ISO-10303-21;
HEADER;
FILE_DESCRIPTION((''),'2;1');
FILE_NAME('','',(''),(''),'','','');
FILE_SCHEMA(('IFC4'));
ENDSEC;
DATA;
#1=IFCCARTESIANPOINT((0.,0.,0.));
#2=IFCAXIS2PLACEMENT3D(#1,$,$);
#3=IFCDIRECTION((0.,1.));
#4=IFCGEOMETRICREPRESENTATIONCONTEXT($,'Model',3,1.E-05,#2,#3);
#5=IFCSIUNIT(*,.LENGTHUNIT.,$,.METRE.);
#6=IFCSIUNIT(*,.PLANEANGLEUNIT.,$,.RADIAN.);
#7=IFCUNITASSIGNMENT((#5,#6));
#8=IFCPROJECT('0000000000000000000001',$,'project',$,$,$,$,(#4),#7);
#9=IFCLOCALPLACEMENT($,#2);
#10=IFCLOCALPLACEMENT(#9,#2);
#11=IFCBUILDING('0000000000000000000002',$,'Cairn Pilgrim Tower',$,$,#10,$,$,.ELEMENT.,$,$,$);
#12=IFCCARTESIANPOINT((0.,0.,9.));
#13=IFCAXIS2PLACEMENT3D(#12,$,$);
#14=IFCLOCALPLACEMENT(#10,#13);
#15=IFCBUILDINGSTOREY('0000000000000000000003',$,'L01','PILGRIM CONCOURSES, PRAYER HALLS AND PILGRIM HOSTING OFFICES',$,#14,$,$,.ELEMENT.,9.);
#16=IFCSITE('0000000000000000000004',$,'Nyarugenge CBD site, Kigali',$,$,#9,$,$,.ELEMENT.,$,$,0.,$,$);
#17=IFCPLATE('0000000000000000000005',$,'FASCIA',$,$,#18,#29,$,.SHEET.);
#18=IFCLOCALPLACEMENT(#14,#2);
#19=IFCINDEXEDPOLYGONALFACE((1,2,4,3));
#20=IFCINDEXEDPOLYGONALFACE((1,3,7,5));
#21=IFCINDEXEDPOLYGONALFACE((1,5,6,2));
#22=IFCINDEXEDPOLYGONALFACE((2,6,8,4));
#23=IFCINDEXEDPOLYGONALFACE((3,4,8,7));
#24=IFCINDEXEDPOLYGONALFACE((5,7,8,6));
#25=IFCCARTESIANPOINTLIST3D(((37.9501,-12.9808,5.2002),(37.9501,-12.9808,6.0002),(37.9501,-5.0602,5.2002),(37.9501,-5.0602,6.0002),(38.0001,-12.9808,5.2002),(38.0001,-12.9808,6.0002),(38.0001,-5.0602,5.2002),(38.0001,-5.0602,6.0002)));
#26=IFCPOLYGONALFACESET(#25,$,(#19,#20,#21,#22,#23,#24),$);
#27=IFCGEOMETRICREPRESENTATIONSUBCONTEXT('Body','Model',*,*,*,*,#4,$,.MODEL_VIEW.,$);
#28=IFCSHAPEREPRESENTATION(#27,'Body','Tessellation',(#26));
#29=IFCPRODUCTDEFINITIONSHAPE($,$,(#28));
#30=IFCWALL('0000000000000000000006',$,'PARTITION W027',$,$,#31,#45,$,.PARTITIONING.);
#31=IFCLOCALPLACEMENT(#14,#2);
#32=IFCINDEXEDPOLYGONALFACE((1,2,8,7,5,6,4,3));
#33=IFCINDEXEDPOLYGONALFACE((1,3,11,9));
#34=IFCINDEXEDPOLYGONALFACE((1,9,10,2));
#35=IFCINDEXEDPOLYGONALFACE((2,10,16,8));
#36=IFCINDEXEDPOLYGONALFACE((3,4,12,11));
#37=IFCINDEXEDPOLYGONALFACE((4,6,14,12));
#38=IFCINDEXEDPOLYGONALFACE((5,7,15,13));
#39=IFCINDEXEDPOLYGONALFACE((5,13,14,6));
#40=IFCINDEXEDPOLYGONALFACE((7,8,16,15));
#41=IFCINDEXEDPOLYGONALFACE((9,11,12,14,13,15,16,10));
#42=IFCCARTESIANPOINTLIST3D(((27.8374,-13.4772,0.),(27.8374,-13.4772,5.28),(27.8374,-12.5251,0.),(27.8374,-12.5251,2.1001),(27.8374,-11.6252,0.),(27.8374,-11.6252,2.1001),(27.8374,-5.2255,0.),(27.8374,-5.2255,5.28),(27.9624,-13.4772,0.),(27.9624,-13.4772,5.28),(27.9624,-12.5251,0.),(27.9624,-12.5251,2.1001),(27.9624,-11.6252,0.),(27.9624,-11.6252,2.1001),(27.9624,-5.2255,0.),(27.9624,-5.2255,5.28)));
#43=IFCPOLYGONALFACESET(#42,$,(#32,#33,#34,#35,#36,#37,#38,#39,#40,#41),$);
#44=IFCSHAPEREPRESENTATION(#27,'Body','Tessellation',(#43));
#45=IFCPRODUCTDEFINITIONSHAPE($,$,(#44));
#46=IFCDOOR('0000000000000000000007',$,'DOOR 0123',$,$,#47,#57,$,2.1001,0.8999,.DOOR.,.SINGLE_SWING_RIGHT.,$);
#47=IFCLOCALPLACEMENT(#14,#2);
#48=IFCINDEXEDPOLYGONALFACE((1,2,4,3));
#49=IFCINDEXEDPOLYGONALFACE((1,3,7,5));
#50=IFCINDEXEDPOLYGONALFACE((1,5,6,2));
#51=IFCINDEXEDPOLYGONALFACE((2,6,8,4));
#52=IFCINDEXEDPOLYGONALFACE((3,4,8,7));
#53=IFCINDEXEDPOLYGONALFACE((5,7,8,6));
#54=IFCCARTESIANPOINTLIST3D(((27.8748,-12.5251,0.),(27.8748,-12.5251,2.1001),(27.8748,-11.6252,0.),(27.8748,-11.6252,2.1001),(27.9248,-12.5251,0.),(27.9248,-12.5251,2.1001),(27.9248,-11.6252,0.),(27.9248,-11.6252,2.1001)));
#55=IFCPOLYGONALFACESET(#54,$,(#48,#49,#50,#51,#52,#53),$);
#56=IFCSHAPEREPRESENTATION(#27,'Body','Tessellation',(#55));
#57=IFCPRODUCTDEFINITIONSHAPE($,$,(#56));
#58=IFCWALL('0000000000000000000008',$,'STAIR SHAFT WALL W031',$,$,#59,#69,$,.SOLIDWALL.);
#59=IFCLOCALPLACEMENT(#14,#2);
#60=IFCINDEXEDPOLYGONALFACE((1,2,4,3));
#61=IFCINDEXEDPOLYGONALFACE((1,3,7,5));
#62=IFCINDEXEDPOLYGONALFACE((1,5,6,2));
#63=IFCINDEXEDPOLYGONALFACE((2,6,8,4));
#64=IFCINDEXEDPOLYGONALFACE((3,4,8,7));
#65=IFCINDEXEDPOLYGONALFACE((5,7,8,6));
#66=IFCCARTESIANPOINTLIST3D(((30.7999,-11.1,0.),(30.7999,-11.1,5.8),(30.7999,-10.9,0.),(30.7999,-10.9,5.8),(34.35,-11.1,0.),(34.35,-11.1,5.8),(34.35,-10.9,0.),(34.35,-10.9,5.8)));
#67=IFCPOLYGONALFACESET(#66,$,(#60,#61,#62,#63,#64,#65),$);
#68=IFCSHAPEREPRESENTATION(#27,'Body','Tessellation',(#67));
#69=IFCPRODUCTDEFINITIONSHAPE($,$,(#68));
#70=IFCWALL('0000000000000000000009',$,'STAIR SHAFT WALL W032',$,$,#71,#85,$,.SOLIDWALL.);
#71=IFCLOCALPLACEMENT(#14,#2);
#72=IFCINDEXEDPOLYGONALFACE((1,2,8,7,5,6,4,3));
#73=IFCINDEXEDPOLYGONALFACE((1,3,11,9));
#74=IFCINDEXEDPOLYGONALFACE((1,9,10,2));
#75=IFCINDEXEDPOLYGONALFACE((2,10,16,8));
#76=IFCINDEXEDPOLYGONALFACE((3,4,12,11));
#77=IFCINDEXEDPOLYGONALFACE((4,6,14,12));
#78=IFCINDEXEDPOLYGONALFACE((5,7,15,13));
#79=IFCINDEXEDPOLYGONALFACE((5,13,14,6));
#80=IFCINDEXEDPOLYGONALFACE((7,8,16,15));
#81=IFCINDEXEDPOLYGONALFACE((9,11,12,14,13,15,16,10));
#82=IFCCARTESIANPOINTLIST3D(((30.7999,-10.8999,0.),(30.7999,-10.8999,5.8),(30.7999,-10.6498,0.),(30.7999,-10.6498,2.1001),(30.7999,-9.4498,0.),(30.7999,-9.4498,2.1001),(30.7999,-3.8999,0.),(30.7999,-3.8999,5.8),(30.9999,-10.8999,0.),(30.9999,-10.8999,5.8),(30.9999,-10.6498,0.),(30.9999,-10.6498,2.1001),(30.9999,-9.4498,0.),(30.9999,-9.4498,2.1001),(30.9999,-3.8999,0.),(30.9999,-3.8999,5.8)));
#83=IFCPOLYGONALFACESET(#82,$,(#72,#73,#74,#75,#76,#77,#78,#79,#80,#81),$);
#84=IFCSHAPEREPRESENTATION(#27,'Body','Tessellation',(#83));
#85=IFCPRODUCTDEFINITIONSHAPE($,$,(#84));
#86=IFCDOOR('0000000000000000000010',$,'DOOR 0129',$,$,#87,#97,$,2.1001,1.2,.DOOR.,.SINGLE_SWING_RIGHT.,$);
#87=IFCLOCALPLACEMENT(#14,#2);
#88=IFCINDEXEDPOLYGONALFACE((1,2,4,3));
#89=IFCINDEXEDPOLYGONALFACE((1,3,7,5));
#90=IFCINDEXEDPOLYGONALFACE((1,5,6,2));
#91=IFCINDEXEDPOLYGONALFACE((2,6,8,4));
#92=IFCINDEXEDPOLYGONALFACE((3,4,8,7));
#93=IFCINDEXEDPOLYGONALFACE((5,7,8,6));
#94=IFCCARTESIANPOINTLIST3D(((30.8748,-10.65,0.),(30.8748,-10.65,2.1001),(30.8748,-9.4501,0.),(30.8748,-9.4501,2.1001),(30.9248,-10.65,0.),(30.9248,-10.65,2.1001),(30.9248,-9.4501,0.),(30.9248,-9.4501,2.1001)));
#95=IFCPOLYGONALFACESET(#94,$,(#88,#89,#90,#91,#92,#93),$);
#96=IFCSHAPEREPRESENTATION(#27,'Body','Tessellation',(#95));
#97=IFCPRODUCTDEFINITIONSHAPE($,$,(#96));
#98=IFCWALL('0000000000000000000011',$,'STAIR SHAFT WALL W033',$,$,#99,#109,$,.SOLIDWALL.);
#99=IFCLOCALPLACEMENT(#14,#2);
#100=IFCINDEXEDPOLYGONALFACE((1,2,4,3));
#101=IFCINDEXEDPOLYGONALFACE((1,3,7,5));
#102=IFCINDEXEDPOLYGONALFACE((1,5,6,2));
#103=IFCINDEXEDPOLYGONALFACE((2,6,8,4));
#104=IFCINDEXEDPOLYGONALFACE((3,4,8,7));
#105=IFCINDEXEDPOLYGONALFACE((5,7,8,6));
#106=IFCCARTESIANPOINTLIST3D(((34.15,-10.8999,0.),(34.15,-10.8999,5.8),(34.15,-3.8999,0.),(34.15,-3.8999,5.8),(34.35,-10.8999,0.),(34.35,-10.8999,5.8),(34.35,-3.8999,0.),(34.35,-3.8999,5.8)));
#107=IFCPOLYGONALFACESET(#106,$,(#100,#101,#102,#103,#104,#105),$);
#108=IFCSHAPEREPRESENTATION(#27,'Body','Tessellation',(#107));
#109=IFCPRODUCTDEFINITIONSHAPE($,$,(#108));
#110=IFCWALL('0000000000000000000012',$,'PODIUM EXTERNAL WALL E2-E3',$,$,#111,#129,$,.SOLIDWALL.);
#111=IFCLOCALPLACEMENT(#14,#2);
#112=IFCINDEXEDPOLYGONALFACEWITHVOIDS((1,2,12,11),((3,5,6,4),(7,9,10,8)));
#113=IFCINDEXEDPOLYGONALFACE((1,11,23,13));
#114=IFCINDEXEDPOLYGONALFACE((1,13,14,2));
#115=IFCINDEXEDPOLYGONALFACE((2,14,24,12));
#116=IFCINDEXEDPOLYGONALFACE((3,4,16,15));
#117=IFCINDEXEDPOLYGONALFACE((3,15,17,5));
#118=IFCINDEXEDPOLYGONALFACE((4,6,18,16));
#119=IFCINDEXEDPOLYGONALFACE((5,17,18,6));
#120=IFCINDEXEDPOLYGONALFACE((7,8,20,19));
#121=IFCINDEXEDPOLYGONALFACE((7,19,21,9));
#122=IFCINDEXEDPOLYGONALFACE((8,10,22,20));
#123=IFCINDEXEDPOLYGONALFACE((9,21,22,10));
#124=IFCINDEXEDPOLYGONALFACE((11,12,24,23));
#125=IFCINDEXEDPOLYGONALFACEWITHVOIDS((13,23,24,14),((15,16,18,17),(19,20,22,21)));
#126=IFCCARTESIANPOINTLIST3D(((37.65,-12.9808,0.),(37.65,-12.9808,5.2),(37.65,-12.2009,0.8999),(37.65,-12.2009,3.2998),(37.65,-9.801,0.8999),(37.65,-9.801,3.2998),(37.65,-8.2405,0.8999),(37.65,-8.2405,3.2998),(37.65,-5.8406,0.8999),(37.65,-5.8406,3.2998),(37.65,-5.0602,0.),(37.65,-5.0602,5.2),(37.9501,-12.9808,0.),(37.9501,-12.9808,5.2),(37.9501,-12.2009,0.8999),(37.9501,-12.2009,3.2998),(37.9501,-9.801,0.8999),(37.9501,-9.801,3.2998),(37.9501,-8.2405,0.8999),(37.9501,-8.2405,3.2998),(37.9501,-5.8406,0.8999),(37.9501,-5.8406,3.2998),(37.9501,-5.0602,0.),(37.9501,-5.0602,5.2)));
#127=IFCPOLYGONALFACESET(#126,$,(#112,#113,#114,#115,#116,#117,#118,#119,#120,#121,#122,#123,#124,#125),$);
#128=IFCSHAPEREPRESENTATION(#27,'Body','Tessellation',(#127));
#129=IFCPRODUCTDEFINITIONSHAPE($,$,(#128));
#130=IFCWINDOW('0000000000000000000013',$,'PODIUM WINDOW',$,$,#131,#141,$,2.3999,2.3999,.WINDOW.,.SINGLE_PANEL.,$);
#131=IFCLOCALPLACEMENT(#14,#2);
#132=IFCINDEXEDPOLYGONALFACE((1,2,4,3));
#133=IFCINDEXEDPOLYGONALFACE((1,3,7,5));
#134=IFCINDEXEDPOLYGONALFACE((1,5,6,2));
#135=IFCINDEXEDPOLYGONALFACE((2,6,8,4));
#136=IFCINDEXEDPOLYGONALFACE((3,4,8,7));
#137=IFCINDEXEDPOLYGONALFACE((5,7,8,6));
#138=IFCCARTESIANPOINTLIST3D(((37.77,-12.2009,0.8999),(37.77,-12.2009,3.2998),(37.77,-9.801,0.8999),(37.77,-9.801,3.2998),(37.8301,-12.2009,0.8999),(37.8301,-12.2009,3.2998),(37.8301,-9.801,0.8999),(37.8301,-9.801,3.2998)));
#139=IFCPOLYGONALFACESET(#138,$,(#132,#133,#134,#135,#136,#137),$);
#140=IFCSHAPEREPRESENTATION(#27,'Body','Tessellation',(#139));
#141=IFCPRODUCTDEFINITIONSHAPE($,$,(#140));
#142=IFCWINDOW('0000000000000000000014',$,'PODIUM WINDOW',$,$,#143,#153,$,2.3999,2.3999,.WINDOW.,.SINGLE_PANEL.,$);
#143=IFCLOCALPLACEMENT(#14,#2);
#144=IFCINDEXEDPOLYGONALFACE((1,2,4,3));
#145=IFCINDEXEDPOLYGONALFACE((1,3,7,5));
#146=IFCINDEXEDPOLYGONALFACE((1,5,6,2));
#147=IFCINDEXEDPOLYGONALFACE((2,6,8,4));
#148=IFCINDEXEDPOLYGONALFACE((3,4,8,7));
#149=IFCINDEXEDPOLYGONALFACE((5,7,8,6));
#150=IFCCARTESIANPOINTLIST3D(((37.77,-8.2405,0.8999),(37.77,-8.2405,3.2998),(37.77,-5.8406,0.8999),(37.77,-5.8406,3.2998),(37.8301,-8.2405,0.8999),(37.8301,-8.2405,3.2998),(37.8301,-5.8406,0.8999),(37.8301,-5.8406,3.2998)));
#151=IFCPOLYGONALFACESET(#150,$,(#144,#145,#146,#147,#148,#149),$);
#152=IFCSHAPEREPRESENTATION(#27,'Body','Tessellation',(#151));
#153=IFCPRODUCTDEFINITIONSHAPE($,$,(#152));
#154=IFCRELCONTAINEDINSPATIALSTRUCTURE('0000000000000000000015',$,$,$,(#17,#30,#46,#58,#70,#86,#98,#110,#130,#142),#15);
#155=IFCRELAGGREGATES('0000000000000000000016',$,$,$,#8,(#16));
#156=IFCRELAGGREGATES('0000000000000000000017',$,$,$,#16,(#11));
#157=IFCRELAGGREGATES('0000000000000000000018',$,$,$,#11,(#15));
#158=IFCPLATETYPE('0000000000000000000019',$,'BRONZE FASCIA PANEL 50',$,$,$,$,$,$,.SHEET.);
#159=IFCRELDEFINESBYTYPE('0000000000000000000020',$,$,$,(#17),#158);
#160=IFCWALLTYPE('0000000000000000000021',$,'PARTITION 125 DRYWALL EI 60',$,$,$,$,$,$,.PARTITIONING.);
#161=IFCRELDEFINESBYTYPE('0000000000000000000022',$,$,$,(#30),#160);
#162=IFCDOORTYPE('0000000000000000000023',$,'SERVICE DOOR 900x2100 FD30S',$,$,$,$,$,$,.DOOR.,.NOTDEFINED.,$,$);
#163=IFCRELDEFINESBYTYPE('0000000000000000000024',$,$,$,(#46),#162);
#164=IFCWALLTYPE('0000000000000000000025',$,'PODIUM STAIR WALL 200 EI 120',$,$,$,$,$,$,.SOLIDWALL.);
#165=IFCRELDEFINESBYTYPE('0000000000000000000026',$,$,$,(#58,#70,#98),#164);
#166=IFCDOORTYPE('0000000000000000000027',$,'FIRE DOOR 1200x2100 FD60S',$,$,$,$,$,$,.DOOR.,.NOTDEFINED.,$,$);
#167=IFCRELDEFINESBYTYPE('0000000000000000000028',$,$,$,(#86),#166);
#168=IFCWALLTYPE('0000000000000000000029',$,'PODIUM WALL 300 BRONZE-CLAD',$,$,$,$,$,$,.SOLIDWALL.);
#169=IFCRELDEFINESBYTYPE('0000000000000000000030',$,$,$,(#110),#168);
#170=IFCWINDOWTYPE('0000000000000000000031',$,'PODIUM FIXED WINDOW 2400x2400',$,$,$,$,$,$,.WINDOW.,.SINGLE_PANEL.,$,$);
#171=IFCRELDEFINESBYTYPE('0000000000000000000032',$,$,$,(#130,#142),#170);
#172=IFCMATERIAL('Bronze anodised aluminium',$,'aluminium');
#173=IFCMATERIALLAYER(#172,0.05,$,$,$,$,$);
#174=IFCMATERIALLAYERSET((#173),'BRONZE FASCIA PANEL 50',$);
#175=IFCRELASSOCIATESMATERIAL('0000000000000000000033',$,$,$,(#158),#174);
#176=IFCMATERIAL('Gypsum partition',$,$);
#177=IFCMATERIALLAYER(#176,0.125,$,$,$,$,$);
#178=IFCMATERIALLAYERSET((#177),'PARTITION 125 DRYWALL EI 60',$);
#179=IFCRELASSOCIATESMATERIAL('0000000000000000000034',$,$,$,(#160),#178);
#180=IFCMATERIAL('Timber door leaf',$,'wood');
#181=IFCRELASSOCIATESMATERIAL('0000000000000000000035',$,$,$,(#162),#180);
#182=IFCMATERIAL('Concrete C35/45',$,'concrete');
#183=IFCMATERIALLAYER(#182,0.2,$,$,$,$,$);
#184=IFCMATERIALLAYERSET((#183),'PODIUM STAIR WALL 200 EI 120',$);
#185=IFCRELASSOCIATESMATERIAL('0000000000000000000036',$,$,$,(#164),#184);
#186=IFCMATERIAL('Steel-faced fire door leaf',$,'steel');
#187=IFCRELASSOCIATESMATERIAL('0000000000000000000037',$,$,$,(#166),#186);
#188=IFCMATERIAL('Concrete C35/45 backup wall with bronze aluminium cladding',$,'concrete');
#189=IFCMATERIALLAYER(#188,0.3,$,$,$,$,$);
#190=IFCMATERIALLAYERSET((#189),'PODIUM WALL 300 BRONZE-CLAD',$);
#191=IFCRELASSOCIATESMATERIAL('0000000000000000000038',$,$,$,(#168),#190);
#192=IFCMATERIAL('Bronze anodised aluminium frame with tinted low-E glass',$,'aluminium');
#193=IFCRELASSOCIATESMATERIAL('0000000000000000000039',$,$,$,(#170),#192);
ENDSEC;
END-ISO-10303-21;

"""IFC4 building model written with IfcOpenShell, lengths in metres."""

from ifc_helpers import new_model, si_unit, direction, frame, frame_2d, origin, origin_2d, place, context, subcontext, project, spatial, rectangle, extrude, material, layer, layer_set, type_object, element, fill, save


model = new_model("IFC4")

# Units and contexts
model_context = context("Model", 3, precision=1e-05, world=origin(), true_north=direction((0.0, 1.0)))
body_context = subcontext(model_context, "Body", "Model", "MODEL_VIEW")
ifc_project = project(units=[si_unit("LENGTHUNIT", "METRE"), si_unit("PLANEANGLEUNIT", "RADIAN")], contexts=[model_context])

# Site, building, storey
site_placement = place(None, origin())
site = spatial("IfcSite", under=ifc_project, at=site_placement, Name="Nyarugenge CBD site, Kigali", CompositionType="ELEMENT", RefElevation=0.0)
building_placement = place(site_placement, origin())
building = spatial("IfcBuilding", under=site, at=building_placement, Name="Cairn Pilgrim Tower", CompositionType="ELEMENT")
storey_placement = place(building_placement, frame((0.0, 0.0, 9.0)))
storey = spatial("IfcBuildingStorey", under=building, at=storey_placement, Name="L01", Description="PILGRIM CONCOURSES, PRAYER HALLS AND PILGRIM HOSTING OFFICES", CompositionType="ELEMENT", Elevation=9.0)

# Plate
ifc_material_1 = material(Name="Bronze anodised aluminium", Category="aluminium")
ifc_layer_1 = layer(ifc_material_1, 0.05)
ifc_layer_set_1 = layer_set([ifc_layer_1], Name="BRONZE FASCIA PANEL 50")
plate_type = type_object("IfcPlateType", Name="BRONZE FASCIA PANEL 50", PredefinedType="SHEET", material=ifc_layer_set_1)
plate_placement = place(storey_placement, frame((37.9751, -9.0205, 5.2002), z_axis=(0.0, 0.0, 1.0), x_axis=(0.0, 1.0, 0.0)))
element("IfcPlate", 1, at=plate_placement, inside=storey, type_object=plate_type, Name="FASCIA", PredefinedType="SHEET", context=body_context, shape_type="SweptSolid", body=[
    extrude(rectangle(XDim=7.9207, YDim=0.05, at=origin_2d()), origin(), (0.0, 0.0, 1.0), 0.8),
])

# Wall, opening, door
ifc_material_2 = material(Name="Gypsum partition")
ifc_layer_2 = layer(ifc_material_2, 0.125)
ifc_layer_set_2 = layer_set([ifc_layer_2], Name="PARTITION 125 DRYWALL EI 60")
wall_type_1 = type_object("IfcWallType", Name="PARTITION 125 DRYWALL EI 60", PredefinedType="PARTITIONING", material=ifc_layer_set_2)
wall_1_placement = place(storey_placement, frame((27.8999, -13.4773, 0.0), z_axis=(0.0, 0.0, 1.0), x_axis=(0.0, 1.0, 0.0)))
wall_1 = element("IfcWall", 2, at=wall_1_placement, inside=storey, type_object=wall_type_1, Name="PARTITION W027", PredefinedType="PARTITIONING", context=body_context, shape_type="SweptSolid", body=[
    extrude(rectangle(XDim=8.2517, YDim=0.125, at=frame_2d((4.126, 0.0))), origin(), (0.0, 0.0, 1.0), 5.28),
])
opening_1_placement = place(wall_1_placement, frame((0.9521, 0.0, 0.0)))
opening_1 = element("IfcOpeningElement", 3, at=opening_1_placement, cuts=wall_1, PredefinedType="OPENING", context=body_context, shape_type="SweptSolid", body=[
    extrude(rectangle(XDim=0.8999, YDim=2.1001, at=frame_2d((0.45, 1.05))), frame((0.0, 0.0725, 0.0), z_axis=(0.0, -1.0, 0.0), x_axis=(1.0, 0.0, 0.0)), (0.0, 0.0, 1.0), 0.145),
])
ifc_material_3 = material(Name="Timber door leaf", Category="wood")
door_type_1 = type_object("IfcDoorType", Name="SERVICE DOOR 900x2100 FD30S", OperationType="NOTDEFINED", PredefinedType="DOOR", material=ifc_material_3)
door_1_placement = place(opening_1_placement, frame((0.8999, 0.0, 0.0), z_axis=(0.0, 0.0, 1.0), x_axis=(-1.0, 0.0, 0.0)))
door_1 = element("IfcDoor", 4, at=door_1_placement, inside=storey, type_object=door_type_1, Name="DOOR 0123", OperationType="SINGLE_SWING_RIGHT", OverallHeight=2.1001, OverallWidth=0.8999, PredefinedType="DOOR", context=body_context, shape_type="SweptSolid", body=[
    extrude(rectangle(XDim=0.8999, YDim=2.1001, at=frame_2d((0.45, 1.05))), frame((0.0, 0.0249, 0.0), z_axis=(0.0, -1.0, 0.0), x_axis=(1.0, 0.0, 0.0)), (0.0, 0.0, 1.0), 0.05),
])
fill(opening_1, door_1)

# Wall
ifc_material_4 = material(Name="Concrete C35/45", Category="concrete")
ifc_layer_3 = layer(ifc_material_4, 0.2)
ifc_layer_set_3 = layer_set([ifc_layer_3], Name="PODIUM STAIR WALL 200 EI 120")
wall_type_2 = type_object("IfcWallType", Name="PODIUM STAIR WALL 200 EI 120", PredefinedType="SOLIDWALL", material=ifc_layer_set_3)
wall_2_placement = place(storey_placement, frame((30.8, -11.0, 0.0), z_axis=(0.0, 0.0, 1.0), x_axis=(1.0, 0.0, 0.0)))
element("IfcWall", 5, at=wall_2_placement, inside=storey, type_object=wall_type_2, Name="STAIR SHAFT WALL W031", PredefinedType="SOLIDWALL", context=body_context, shape_type="SweptSolid", body=[
    extrude(rectangle(XDim=3.55, YDim=0.2, at=frame_2d((1.7749, 0.0))), origin(), (0.0, 0.0, 1.0), 5.8),
])

# Wall, opening, door
wall_3_placement = place(storey_placement, frame((30.8999, -10.8999, 0.0), z_axis=(0.0, 0.0, 1.0), x_axis=(0.0, 1.0, 0.0)))
wall_3 = element("IfcWall", 6, at=wall_3_placement, inside=storey, type_object=wall_type_2, Name="STAIR SHAFT WALL W032", PredefinedType="SOLIDWALL", context=body_context, shape_type="SweptSolid", body=[
    extrude(rectangle(XDim=7.0, YDim=0.2, at=frame_2d((3.5, 0.0))), origin(), (0.0, 0.0, 1.0), 5.8),
])
opening_2_placement = place(wall_3_placement, frame((0.25, 0.0, 0.0)))
opening_2 = element("IfcOpeningElement", 7, at=opening_2_placement, cuts=wall_3, PredefinedType="OPENING", context=body_context, shape_type="SweptSolid", body=[
    extrude(rectangle(XDim=1.2, YDim=2.1001, at=frame_2d((0.6001, 1.05))), frame((0.0, 0.1099, 0.0), z_axis=(0.0, -1.0, 0.0), x_axis=(1.0, 0.0, 0.0)), (0.0, 0.0, 1.0), 0.22),
])
ifc_material_5 = material(Name="Steel-faced fire door leaf", Category="steel")
door_type_2 = type_object("IfcDoorType", Name="FIRE DOOR 1200x2100 FD60S", OperationType="NOTDEFINED", PredefinedType="DOOR", material=ifc_material_5)
door_2_placement = place(opening_2_placement, frame((1.2, 0.0, 0.0), z_axis=(0.0, 0.0, 1.0), x_axis=(-1.0, 0.0, 0.0)))
door_2 = element("IfcDoor", 8, at=door_2_placement, inside=storey, type_object=door_type_2, Name="DOOR 0129", OperationType="SINGLE_SWING_RIGHT", OverallHeight=2.1001, OverallWidth=1.2, PredefinedType="DOOR", context=body_context, shape_type="SweptSolid", body=[
    extrude(rectangle(XDim=1.2, YDim=2.1001, at=frame_2d((0.6001, 1.05))), frame((0.0, 0.0249, 0.0), z_axis=(0.0, -1.0, 0.0), x_axis=(1.0, 0.0, 0.0)), (0.0, 0.0, 1.0), 0.05),
])
fill(opening_2, door_2)

# Wall
wall_4_placement = place(storey_placement, frame((34.25, -10.8999, 0.0), z_axis=(0.0, 0.0, 1.0), x_axis=(0.0, 1.0, 0.0)))
element("IfcWall", 9, at=wall_4_placement, inside=storey, type_object=wall_type_2, Name="STAIR SHAFT WALL W033", PredefinedType="SOLIDWALL", context=body_context, shape_type="SweptSolid", body=[
    extrude(rectangle(XDim=7.0, YDim=0.2, at=frame_2d((3.5, 0.0))), origin(), (0.0, 0.0, 1.0), 5.8),
])

# Wall, openings, windows
ifc_material_6 = material(Name="Concrete C35/45 backup wall with bronze aluminium cladding", Category="concrete")
ifc_layer_4 = layer(ifc_material_6, 0.3)
ifc_layer_set_4 = layer_set([ifc_layer_4], Name="PODIUM WALL 300 BRONZE-CLAD")
wall_type_3 = type_object("IfcWallType", Name="PODIUM WALL 300 BRONZE-CLAD", PredefinedType="SOLIDWALL", material=ifc_layer_set_4)
wall_5_placement = place(storey_placement, frame((37.8, -12.981, 0.0), z_axis=(0.0, 0.0, 1.0), x_axis=(0.0, 1.0, 0.0)))
wall_5 = element("IfcWall", 10, at=wall_5_placement, inside=storey, type_object=wall_type_3, Name="PODIUM EXTERNAL WALL E2-E3", PredefinedType="SOLIDWALL", context=body_context, shape_type="SweptSolid", body=[
    extrude(rectangle(XDim=7.9207, YDim=0.3, at=frame_2d((3.9604, 0.0))), origin(), (0.0, 0.0, 1.0), 5.2),
])
opening_3_placement = place(wall_5_placement, frame((0.78, 0.0, 0.8999)))
opening_3 = element("IfcOpeningElement", 11, at=opening_3_placement, cuts=wall_5, PredefinedType="OPENING", context=body_context, shape_type="SweptSolid", body=[
    extrude(rectangle(XDim=2.3999, YDim=2.3999, at=frame_2d((1.2, 1.2))), frame((0.0, 0.1602, 0.0), z_axis=(0.0, -1.0, 0.0), x_axis=(1.0, 0.0, 0.0)), (0.0, 0.0, 1.0), 0.3201),
])
opening_4_placement = place(wall_5_placement, frame((4.7405, 0.0, 0.8999)))
opening_4 = element("IfcOpeningElement", 12, at=opening_4_placement, cuts=wall_5, PredefinedType="OPENING", context=body_context, shape_type="SweptSolid", body=[
    extrude(rectangle(XDim=2.3999, YDim=2.3999, at=frame_2d((1.2, 1.2))), frame((0.0, 0.1602, 0.0), z_axis=(0.0, -1.0, 0.0), x_axis=(1.0, 0.0, 0.0)), (0.0, 0.0, 1.0), 0.3201),
])
ifc_material_7 = material(Name="Bronze anodised aluminium frame with tinted low-E glass", Category="aluminium")
window_type = type_object("IfcWindowType", Name="PODIUM FIXED WINDOW 2400x2400", PartitioningType="SINGLE_PANEL", PredefinedType="WINDOW", material=ifc_material_7)
window_1_placement = place(opening_3_placement, origin())
window_1 = element("IfcWindow", 13, at=window_1_placement, inside=storey, type_object=window_type, Name="PODIUM WINDOW", OverallHeight=2.3999, OverallWidth=2.3999, PartitioningType="SINGLE_PANEL", PredefinedType="WINDOW", context=body_context, shape_type="SweptSolid", body=[
    extrude(rectangle(XDim=2.3999, YDim=2.3999, at=frame_2d((1.2, 1.2))), frame((0.0, 0.03, 0.0), z_axis=(0.0, -1.0, 0.0), x_axis=(1.0, 0.0, 0.0)), (0.0, 0.0, 1.0), 0.0601),
])
fill(opening_3, window_1)
window_2_placement = place(opening_4_placement, origin())
window_2 = element("IfcWindow", 14, at=window_2_placement, inside=storey, type_object=window_type, Name="PODIUM WINDOW", OverallHeight=2.3999, OverallWidth=2.3999, PartitioningType="SINGLE_PANEL", PredefinedType="WINDOW", context=body_context, shape_type="SweptSolid", body=[
    extrude(rectangle(XDim=2.3999, YDim=2.3999, at=frame_2d((1.2, 1.2))), frame((0.0, 0.03, 0.0), z_axis=(0.0, -1.0, 0.0), x_axis=(1.0, 0.0, 0.0)), (0.0, 0.0, 1.0), 0.0601),
])
fill(opening_4, window_2)

save(model, "model.ifc")
